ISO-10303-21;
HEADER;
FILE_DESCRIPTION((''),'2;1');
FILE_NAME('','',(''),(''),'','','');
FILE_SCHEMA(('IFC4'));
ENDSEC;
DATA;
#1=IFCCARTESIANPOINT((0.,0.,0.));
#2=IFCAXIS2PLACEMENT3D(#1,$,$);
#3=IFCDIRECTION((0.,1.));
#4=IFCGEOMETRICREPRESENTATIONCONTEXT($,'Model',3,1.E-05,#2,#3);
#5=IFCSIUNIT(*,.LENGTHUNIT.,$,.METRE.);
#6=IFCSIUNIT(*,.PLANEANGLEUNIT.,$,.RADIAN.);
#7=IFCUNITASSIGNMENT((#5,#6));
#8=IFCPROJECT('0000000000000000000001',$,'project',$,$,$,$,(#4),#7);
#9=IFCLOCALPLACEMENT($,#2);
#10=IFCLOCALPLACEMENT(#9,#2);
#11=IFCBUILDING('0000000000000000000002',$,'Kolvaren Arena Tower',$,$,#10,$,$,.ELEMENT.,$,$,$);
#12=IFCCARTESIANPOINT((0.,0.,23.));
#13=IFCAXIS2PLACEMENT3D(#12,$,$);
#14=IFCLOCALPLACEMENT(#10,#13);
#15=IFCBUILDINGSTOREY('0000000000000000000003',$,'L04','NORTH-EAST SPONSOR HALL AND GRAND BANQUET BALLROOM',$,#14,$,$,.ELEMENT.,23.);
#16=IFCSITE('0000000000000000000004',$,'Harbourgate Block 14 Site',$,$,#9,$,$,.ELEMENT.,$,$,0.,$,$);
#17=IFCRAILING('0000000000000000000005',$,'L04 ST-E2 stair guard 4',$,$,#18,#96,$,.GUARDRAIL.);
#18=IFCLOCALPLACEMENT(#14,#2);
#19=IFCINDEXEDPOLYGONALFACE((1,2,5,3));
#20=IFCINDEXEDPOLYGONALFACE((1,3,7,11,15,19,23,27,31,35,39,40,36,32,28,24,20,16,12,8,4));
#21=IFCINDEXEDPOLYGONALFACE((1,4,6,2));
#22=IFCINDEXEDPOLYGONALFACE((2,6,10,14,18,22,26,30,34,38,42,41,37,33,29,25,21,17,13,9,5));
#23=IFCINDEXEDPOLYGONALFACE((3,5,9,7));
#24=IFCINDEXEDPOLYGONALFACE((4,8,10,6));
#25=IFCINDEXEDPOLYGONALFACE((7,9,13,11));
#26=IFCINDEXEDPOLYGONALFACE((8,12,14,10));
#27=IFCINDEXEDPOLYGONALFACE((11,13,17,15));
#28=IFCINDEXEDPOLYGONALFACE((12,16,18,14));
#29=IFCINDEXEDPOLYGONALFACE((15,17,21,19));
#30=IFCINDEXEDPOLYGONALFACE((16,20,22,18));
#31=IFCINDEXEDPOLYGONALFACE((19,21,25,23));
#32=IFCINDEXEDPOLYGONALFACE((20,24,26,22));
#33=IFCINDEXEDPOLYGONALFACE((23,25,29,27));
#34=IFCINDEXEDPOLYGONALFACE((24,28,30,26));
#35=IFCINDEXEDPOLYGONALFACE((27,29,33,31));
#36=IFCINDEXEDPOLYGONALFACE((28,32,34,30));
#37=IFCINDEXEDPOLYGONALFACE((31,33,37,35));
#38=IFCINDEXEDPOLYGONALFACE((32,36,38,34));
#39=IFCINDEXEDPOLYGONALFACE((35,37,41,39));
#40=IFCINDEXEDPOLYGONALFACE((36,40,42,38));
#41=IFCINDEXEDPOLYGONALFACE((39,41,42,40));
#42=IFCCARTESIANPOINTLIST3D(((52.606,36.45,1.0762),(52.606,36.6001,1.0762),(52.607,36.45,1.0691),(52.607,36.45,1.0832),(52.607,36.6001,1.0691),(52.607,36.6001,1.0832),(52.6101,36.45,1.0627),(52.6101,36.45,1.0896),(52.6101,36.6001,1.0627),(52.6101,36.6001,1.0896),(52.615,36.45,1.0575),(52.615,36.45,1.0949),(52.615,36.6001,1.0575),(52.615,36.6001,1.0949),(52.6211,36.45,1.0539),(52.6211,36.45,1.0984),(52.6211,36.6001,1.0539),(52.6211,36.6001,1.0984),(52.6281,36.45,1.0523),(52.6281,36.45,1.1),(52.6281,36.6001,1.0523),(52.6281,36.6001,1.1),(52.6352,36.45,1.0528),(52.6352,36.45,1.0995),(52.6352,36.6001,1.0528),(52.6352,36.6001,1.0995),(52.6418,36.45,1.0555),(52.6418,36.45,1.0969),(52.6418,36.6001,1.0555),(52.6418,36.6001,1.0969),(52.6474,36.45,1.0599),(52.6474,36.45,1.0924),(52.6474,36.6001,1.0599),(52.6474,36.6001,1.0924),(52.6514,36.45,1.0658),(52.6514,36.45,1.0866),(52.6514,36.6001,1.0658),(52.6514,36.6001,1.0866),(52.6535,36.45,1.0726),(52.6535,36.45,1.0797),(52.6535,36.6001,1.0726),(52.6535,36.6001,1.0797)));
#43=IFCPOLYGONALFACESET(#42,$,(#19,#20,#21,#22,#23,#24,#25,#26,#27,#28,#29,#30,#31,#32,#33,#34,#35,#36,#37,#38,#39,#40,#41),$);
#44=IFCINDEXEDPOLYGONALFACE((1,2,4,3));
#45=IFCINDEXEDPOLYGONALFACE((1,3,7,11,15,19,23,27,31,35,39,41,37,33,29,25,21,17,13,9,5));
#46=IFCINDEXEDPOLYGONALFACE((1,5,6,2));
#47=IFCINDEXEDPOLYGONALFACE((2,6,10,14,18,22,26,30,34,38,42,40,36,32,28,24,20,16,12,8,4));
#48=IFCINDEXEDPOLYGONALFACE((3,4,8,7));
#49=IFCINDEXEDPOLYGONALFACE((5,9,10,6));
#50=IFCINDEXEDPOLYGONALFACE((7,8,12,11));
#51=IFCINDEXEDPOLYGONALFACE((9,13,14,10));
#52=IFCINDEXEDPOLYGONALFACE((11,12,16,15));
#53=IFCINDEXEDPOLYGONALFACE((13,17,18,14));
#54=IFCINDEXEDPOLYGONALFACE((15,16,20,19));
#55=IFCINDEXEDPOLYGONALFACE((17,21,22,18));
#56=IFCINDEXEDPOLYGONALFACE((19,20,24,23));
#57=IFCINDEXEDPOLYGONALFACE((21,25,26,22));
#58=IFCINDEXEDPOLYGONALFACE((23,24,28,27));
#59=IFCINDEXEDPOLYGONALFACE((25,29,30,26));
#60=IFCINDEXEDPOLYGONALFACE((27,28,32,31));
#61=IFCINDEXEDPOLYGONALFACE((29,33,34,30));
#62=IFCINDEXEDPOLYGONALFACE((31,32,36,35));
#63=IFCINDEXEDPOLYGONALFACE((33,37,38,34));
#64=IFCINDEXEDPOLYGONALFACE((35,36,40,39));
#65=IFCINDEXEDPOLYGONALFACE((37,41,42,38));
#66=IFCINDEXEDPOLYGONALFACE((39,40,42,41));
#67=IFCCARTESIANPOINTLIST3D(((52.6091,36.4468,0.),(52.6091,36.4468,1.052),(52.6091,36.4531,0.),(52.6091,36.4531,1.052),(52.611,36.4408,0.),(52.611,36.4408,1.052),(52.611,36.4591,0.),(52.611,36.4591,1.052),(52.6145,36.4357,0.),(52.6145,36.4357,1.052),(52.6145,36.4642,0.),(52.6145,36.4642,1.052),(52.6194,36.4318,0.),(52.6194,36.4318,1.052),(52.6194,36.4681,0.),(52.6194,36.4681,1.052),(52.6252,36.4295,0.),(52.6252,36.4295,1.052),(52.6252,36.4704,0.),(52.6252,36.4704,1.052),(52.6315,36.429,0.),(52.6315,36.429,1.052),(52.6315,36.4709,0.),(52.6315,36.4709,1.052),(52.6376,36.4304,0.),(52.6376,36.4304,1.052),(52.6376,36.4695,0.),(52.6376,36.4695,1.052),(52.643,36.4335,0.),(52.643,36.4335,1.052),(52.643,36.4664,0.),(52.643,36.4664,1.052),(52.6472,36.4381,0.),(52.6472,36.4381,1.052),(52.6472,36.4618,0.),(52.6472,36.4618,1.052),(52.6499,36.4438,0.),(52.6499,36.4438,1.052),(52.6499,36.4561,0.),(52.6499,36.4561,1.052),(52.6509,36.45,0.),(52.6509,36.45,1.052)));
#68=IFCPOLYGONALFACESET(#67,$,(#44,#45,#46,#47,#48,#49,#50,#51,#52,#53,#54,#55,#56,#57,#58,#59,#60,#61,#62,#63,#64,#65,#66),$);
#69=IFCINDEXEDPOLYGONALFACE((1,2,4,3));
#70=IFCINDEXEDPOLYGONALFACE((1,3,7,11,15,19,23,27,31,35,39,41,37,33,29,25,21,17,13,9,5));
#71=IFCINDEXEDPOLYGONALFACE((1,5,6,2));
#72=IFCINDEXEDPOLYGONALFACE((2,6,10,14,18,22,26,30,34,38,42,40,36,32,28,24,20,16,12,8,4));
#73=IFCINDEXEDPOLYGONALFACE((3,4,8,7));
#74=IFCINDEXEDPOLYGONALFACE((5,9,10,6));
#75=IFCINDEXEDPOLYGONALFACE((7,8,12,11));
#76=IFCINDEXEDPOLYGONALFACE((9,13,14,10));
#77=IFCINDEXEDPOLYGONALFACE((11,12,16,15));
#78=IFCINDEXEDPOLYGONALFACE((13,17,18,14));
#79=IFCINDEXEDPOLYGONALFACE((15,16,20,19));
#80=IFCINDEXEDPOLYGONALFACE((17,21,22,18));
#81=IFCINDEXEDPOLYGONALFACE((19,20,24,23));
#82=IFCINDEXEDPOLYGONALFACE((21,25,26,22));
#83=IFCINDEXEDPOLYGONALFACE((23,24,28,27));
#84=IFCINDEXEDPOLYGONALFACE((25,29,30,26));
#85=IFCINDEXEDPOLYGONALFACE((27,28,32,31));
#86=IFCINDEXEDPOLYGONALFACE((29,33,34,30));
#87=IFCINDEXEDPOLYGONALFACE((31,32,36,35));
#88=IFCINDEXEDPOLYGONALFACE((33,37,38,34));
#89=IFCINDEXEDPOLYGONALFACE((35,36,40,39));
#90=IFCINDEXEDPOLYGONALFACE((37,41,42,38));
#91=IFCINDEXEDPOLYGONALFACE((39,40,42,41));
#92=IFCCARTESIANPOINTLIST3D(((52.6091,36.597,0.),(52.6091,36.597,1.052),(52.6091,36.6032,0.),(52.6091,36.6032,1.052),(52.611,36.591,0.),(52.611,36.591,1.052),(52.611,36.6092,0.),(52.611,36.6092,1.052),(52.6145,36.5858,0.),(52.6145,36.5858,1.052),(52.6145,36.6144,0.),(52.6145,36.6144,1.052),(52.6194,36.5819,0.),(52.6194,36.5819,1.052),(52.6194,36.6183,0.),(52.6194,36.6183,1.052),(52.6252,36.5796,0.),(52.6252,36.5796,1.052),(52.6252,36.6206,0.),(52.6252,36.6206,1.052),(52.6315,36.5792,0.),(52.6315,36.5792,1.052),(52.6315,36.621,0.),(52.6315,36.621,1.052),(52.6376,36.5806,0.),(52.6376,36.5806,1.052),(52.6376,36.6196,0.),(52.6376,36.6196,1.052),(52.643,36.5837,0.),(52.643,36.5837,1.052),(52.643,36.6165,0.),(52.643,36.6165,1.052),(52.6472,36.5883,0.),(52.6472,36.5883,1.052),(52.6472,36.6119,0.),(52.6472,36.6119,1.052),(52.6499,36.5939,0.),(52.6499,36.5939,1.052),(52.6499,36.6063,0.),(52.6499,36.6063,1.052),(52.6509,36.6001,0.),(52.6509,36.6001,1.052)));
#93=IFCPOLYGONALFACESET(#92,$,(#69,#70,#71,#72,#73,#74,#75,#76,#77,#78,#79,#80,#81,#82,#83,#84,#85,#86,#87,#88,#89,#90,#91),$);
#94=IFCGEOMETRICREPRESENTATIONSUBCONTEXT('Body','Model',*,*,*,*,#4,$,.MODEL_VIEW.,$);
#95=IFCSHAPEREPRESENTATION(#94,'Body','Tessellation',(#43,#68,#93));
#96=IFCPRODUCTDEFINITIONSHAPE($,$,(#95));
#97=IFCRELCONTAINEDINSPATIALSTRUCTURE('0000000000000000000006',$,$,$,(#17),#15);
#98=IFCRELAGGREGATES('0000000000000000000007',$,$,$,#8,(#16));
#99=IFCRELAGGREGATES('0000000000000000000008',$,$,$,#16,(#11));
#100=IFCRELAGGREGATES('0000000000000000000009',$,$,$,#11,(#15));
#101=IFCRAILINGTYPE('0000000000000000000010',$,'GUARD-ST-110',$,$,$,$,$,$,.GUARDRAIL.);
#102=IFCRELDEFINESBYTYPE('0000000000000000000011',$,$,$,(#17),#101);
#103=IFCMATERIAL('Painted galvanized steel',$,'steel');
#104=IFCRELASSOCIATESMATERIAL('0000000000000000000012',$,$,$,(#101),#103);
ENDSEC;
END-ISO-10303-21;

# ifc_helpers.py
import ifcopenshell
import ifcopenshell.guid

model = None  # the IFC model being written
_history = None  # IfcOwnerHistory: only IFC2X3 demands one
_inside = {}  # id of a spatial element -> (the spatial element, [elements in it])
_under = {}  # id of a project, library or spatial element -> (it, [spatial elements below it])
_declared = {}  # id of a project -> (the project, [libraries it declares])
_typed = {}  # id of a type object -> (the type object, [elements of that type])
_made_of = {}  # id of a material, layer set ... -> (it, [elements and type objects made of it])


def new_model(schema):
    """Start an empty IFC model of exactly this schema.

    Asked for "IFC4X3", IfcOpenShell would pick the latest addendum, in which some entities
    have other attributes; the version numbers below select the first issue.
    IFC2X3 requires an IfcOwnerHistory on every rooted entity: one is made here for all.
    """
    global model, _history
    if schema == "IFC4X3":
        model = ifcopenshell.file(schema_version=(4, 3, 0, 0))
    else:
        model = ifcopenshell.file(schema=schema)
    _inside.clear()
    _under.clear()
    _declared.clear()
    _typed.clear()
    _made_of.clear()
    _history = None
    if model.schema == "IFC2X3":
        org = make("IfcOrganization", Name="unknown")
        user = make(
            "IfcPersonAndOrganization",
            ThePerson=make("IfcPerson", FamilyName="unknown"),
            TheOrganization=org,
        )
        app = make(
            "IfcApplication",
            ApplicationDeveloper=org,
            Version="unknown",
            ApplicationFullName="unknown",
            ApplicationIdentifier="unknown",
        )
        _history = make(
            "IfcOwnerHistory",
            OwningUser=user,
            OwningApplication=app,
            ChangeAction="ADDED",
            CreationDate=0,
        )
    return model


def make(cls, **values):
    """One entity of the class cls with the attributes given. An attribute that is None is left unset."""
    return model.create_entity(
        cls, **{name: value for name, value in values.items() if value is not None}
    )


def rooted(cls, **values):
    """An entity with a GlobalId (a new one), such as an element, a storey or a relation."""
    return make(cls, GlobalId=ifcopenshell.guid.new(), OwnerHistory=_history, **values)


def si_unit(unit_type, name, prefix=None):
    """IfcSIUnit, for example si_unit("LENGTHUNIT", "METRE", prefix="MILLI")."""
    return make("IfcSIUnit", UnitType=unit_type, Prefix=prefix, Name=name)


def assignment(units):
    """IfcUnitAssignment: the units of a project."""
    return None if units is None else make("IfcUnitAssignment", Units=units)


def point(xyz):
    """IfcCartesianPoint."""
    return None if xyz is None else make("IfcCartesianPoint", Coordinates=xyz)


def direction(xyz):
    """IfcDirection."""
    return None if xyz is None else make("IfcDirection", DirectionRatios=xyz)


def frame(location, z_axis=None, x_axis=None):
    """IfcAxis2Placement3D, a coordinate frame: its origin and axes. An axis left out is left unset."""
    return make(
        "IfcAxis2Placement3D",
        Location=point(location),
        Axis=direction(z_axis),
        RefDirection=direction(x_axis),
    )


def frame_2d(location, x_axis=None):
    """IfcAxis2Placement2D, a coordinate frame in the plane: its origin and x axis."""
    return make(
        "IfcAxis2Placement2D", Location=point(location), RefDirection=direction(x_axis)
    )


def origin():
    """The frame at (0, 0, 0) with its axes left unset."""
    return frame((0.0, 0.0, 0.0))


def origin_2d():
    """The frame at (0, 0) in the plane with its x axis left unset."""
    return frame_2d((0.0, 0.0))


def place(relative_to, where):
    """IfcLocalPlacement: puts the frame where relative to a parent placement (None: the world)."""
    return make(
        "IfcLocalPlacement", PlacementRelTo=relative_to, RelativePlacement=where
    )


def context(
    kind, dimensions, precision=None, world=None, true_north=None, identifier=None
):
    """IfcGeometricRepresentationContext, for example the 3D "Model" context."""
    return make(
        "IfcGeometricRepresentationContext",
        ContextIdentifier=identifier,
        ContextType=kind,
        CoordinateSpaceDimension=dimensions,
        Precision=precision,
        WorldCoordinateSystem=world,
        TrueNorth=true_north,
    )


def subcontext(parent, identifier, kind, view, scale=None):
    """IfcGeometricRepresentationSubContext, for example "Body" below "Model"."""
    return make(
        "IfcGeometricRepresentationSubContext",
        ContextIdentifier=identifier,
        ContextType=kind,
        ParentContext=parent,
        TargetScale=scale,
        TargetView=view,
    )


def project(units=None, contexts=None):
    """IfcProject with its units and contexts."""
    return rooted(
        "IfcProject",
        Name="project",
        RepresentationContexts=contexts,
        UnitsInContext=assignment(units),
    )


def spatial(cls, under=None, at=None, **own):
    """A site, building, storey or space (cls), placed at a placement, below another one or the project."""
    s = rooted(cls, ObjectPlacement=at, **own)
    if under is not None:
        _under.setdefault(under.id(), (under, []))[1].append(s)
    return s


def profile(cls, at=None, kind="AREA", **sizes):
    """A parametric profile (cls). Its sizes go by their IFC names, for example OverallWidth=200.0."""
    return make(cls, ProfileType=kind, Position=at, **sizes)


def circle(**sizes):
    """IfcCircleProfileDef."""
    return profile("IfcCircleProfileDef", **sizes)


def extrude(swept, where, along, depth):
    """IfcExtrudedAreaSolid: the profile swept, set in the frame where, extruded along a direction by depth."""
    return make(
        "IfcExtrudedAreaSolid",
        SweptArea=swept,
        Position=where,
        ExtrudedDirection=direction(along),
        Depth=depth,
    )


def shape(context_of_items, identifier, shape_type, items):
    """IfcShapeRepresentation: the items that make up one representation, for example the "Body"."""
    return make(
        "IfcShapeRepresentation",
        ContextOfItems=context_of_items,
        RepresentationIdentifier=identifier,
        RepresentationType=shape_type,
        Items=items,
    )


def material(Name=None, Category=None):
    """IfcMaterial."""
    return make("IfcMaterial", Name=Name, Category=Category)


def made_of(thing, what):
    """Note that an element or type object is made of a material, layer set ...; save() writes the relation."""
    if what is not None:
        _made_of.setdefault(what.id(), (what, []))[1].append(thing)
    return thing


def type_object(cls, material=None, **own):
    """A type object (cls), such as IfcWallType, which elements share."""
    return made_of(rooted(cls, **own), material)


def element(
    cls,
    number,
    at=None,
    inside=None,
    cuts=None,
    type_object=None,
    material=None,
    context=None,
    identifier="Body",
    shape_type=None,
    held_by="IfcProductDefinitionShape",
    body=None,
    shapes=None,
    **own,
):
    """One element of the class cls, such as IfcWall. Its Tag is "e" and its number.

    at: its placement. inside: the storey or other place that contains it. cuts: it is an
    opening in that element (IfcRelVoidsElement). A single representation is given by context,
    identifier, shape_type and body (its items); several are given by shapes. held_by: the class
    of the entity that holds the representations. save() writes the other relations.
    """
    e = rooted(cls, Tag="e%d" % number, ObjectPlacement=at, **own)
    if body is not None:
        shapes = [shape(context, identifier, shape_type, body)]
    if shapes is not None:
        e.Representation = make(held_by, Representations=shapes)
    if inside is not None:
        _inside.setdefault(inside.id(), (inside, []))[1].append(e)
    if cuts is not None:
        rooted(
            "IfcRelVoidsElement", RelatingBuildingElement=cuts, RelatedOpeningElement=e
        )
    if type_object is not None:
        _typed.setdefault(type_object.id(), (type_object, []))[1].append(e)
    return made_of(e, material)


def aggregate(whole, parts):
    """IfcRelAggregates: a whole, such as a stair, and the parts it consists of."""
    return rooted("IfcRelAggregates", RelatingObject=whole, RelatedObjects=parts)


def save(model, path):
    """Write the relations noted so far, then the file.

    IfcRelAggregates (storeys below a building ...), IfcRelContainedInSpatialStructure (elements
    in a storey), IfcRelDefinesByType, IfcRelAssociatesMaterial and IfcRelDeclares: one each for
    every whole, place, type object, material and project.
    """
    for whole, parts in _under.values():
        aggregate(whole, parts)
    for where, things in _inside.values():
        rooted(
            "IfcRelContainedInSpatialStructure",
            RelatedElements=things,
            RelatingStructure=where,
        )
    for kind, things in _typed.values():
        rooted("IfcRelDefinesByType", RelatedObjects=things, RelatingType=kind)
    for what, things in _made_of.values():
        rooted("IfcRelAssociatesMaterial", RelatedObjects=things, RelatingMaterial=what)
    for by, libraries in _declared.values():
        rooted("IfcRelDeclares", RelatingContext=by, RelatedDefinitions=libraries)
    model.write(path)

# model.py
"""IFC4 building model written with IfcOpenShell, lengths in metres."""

from ifc_helpers import new_model, si_unit, direction, frame, origin, origin_2d, place, context, subcontext, project, spatial, circle, extrude, material, type_object, element, save


model = new_model("IFC4")

# Units and contexts
model_context = context("Model", 3, precision=1e-05, world=origin(), true_north=direction((0.0, 1.0)))
body_context = subcontext(model_context, "Body", "Model", "MODEL_VIEW")
ifc_project = project(units=[si_unit("LENGTHUNIT", "METRE"), si_unit("PLANEANGLEUNIT", "RADIAN")], contexts=[model_context])

# Site, building, storey
site_placement = place(None, origin())
site = spatial("IfcSite", under=ifc_project, at=site_placement, Name="Harbourgate Block 14 Site", CompositionType="ELEMENT", RefElevation=0.0)
building_placement = place(site_placement, origin())
building = spatial("IfcBuilding", under=site, at=building_placement, Name="Kolvaren Arena Tower", CompositionType="ELEMENT")
storey_placement = place(building_placement, frame((0.0, 0.0, 23.0)))
storey = spatial("IfcBuildingStorey", under=building, at=storey_placement, Name="L04", Description="NORTH-EAST SPONSOR HALL AND GRAND BANQUET BALLROOM", CompositionType="ELEMENT", Elevation=23.0)

# Railing
ifc_material_1 = material(Name="Painted galvanized steel", Category="steel")
railing_type_1 = type_object("IfcRailingType", Name="GUARD-ST-110", PredefinedType="GUARDRAIL", material=ifc_material_1)
railing_1_placement = place(storey_placement, frame((52.6299, 36.45, 0.0)))
element("IfcRailing", 1, at=railing_1_placement, inside=storey, type_object=railing_type_1, Name="L04 ST-E2 stair guard 4", PredefinedType="GUARDRAIL", context=body_context, shape_type="SweptSolid", body=[
    extrude(circle(Radius=0.0239, at=origin_2d()), frame((0.0, 0.0, 1.0762), z_axis=(0.0, 1.0, 0.0), x_axis=(-1.0, 0.0, 0.0)), (0.0, 0.0, 1.0), 0.1501),
    extrude(circle(Radius=0.021, at=origin_2d()), origin(), (0.0, 0.0, 1.0), 1.052),
    extrude(circle(Radius=0.021, at=origin_2d()), frame((0.0, 0.1501, 0.0)), (0.0, 0.0, 1.0), 1.052),
])

save(model, "model.ifc")
